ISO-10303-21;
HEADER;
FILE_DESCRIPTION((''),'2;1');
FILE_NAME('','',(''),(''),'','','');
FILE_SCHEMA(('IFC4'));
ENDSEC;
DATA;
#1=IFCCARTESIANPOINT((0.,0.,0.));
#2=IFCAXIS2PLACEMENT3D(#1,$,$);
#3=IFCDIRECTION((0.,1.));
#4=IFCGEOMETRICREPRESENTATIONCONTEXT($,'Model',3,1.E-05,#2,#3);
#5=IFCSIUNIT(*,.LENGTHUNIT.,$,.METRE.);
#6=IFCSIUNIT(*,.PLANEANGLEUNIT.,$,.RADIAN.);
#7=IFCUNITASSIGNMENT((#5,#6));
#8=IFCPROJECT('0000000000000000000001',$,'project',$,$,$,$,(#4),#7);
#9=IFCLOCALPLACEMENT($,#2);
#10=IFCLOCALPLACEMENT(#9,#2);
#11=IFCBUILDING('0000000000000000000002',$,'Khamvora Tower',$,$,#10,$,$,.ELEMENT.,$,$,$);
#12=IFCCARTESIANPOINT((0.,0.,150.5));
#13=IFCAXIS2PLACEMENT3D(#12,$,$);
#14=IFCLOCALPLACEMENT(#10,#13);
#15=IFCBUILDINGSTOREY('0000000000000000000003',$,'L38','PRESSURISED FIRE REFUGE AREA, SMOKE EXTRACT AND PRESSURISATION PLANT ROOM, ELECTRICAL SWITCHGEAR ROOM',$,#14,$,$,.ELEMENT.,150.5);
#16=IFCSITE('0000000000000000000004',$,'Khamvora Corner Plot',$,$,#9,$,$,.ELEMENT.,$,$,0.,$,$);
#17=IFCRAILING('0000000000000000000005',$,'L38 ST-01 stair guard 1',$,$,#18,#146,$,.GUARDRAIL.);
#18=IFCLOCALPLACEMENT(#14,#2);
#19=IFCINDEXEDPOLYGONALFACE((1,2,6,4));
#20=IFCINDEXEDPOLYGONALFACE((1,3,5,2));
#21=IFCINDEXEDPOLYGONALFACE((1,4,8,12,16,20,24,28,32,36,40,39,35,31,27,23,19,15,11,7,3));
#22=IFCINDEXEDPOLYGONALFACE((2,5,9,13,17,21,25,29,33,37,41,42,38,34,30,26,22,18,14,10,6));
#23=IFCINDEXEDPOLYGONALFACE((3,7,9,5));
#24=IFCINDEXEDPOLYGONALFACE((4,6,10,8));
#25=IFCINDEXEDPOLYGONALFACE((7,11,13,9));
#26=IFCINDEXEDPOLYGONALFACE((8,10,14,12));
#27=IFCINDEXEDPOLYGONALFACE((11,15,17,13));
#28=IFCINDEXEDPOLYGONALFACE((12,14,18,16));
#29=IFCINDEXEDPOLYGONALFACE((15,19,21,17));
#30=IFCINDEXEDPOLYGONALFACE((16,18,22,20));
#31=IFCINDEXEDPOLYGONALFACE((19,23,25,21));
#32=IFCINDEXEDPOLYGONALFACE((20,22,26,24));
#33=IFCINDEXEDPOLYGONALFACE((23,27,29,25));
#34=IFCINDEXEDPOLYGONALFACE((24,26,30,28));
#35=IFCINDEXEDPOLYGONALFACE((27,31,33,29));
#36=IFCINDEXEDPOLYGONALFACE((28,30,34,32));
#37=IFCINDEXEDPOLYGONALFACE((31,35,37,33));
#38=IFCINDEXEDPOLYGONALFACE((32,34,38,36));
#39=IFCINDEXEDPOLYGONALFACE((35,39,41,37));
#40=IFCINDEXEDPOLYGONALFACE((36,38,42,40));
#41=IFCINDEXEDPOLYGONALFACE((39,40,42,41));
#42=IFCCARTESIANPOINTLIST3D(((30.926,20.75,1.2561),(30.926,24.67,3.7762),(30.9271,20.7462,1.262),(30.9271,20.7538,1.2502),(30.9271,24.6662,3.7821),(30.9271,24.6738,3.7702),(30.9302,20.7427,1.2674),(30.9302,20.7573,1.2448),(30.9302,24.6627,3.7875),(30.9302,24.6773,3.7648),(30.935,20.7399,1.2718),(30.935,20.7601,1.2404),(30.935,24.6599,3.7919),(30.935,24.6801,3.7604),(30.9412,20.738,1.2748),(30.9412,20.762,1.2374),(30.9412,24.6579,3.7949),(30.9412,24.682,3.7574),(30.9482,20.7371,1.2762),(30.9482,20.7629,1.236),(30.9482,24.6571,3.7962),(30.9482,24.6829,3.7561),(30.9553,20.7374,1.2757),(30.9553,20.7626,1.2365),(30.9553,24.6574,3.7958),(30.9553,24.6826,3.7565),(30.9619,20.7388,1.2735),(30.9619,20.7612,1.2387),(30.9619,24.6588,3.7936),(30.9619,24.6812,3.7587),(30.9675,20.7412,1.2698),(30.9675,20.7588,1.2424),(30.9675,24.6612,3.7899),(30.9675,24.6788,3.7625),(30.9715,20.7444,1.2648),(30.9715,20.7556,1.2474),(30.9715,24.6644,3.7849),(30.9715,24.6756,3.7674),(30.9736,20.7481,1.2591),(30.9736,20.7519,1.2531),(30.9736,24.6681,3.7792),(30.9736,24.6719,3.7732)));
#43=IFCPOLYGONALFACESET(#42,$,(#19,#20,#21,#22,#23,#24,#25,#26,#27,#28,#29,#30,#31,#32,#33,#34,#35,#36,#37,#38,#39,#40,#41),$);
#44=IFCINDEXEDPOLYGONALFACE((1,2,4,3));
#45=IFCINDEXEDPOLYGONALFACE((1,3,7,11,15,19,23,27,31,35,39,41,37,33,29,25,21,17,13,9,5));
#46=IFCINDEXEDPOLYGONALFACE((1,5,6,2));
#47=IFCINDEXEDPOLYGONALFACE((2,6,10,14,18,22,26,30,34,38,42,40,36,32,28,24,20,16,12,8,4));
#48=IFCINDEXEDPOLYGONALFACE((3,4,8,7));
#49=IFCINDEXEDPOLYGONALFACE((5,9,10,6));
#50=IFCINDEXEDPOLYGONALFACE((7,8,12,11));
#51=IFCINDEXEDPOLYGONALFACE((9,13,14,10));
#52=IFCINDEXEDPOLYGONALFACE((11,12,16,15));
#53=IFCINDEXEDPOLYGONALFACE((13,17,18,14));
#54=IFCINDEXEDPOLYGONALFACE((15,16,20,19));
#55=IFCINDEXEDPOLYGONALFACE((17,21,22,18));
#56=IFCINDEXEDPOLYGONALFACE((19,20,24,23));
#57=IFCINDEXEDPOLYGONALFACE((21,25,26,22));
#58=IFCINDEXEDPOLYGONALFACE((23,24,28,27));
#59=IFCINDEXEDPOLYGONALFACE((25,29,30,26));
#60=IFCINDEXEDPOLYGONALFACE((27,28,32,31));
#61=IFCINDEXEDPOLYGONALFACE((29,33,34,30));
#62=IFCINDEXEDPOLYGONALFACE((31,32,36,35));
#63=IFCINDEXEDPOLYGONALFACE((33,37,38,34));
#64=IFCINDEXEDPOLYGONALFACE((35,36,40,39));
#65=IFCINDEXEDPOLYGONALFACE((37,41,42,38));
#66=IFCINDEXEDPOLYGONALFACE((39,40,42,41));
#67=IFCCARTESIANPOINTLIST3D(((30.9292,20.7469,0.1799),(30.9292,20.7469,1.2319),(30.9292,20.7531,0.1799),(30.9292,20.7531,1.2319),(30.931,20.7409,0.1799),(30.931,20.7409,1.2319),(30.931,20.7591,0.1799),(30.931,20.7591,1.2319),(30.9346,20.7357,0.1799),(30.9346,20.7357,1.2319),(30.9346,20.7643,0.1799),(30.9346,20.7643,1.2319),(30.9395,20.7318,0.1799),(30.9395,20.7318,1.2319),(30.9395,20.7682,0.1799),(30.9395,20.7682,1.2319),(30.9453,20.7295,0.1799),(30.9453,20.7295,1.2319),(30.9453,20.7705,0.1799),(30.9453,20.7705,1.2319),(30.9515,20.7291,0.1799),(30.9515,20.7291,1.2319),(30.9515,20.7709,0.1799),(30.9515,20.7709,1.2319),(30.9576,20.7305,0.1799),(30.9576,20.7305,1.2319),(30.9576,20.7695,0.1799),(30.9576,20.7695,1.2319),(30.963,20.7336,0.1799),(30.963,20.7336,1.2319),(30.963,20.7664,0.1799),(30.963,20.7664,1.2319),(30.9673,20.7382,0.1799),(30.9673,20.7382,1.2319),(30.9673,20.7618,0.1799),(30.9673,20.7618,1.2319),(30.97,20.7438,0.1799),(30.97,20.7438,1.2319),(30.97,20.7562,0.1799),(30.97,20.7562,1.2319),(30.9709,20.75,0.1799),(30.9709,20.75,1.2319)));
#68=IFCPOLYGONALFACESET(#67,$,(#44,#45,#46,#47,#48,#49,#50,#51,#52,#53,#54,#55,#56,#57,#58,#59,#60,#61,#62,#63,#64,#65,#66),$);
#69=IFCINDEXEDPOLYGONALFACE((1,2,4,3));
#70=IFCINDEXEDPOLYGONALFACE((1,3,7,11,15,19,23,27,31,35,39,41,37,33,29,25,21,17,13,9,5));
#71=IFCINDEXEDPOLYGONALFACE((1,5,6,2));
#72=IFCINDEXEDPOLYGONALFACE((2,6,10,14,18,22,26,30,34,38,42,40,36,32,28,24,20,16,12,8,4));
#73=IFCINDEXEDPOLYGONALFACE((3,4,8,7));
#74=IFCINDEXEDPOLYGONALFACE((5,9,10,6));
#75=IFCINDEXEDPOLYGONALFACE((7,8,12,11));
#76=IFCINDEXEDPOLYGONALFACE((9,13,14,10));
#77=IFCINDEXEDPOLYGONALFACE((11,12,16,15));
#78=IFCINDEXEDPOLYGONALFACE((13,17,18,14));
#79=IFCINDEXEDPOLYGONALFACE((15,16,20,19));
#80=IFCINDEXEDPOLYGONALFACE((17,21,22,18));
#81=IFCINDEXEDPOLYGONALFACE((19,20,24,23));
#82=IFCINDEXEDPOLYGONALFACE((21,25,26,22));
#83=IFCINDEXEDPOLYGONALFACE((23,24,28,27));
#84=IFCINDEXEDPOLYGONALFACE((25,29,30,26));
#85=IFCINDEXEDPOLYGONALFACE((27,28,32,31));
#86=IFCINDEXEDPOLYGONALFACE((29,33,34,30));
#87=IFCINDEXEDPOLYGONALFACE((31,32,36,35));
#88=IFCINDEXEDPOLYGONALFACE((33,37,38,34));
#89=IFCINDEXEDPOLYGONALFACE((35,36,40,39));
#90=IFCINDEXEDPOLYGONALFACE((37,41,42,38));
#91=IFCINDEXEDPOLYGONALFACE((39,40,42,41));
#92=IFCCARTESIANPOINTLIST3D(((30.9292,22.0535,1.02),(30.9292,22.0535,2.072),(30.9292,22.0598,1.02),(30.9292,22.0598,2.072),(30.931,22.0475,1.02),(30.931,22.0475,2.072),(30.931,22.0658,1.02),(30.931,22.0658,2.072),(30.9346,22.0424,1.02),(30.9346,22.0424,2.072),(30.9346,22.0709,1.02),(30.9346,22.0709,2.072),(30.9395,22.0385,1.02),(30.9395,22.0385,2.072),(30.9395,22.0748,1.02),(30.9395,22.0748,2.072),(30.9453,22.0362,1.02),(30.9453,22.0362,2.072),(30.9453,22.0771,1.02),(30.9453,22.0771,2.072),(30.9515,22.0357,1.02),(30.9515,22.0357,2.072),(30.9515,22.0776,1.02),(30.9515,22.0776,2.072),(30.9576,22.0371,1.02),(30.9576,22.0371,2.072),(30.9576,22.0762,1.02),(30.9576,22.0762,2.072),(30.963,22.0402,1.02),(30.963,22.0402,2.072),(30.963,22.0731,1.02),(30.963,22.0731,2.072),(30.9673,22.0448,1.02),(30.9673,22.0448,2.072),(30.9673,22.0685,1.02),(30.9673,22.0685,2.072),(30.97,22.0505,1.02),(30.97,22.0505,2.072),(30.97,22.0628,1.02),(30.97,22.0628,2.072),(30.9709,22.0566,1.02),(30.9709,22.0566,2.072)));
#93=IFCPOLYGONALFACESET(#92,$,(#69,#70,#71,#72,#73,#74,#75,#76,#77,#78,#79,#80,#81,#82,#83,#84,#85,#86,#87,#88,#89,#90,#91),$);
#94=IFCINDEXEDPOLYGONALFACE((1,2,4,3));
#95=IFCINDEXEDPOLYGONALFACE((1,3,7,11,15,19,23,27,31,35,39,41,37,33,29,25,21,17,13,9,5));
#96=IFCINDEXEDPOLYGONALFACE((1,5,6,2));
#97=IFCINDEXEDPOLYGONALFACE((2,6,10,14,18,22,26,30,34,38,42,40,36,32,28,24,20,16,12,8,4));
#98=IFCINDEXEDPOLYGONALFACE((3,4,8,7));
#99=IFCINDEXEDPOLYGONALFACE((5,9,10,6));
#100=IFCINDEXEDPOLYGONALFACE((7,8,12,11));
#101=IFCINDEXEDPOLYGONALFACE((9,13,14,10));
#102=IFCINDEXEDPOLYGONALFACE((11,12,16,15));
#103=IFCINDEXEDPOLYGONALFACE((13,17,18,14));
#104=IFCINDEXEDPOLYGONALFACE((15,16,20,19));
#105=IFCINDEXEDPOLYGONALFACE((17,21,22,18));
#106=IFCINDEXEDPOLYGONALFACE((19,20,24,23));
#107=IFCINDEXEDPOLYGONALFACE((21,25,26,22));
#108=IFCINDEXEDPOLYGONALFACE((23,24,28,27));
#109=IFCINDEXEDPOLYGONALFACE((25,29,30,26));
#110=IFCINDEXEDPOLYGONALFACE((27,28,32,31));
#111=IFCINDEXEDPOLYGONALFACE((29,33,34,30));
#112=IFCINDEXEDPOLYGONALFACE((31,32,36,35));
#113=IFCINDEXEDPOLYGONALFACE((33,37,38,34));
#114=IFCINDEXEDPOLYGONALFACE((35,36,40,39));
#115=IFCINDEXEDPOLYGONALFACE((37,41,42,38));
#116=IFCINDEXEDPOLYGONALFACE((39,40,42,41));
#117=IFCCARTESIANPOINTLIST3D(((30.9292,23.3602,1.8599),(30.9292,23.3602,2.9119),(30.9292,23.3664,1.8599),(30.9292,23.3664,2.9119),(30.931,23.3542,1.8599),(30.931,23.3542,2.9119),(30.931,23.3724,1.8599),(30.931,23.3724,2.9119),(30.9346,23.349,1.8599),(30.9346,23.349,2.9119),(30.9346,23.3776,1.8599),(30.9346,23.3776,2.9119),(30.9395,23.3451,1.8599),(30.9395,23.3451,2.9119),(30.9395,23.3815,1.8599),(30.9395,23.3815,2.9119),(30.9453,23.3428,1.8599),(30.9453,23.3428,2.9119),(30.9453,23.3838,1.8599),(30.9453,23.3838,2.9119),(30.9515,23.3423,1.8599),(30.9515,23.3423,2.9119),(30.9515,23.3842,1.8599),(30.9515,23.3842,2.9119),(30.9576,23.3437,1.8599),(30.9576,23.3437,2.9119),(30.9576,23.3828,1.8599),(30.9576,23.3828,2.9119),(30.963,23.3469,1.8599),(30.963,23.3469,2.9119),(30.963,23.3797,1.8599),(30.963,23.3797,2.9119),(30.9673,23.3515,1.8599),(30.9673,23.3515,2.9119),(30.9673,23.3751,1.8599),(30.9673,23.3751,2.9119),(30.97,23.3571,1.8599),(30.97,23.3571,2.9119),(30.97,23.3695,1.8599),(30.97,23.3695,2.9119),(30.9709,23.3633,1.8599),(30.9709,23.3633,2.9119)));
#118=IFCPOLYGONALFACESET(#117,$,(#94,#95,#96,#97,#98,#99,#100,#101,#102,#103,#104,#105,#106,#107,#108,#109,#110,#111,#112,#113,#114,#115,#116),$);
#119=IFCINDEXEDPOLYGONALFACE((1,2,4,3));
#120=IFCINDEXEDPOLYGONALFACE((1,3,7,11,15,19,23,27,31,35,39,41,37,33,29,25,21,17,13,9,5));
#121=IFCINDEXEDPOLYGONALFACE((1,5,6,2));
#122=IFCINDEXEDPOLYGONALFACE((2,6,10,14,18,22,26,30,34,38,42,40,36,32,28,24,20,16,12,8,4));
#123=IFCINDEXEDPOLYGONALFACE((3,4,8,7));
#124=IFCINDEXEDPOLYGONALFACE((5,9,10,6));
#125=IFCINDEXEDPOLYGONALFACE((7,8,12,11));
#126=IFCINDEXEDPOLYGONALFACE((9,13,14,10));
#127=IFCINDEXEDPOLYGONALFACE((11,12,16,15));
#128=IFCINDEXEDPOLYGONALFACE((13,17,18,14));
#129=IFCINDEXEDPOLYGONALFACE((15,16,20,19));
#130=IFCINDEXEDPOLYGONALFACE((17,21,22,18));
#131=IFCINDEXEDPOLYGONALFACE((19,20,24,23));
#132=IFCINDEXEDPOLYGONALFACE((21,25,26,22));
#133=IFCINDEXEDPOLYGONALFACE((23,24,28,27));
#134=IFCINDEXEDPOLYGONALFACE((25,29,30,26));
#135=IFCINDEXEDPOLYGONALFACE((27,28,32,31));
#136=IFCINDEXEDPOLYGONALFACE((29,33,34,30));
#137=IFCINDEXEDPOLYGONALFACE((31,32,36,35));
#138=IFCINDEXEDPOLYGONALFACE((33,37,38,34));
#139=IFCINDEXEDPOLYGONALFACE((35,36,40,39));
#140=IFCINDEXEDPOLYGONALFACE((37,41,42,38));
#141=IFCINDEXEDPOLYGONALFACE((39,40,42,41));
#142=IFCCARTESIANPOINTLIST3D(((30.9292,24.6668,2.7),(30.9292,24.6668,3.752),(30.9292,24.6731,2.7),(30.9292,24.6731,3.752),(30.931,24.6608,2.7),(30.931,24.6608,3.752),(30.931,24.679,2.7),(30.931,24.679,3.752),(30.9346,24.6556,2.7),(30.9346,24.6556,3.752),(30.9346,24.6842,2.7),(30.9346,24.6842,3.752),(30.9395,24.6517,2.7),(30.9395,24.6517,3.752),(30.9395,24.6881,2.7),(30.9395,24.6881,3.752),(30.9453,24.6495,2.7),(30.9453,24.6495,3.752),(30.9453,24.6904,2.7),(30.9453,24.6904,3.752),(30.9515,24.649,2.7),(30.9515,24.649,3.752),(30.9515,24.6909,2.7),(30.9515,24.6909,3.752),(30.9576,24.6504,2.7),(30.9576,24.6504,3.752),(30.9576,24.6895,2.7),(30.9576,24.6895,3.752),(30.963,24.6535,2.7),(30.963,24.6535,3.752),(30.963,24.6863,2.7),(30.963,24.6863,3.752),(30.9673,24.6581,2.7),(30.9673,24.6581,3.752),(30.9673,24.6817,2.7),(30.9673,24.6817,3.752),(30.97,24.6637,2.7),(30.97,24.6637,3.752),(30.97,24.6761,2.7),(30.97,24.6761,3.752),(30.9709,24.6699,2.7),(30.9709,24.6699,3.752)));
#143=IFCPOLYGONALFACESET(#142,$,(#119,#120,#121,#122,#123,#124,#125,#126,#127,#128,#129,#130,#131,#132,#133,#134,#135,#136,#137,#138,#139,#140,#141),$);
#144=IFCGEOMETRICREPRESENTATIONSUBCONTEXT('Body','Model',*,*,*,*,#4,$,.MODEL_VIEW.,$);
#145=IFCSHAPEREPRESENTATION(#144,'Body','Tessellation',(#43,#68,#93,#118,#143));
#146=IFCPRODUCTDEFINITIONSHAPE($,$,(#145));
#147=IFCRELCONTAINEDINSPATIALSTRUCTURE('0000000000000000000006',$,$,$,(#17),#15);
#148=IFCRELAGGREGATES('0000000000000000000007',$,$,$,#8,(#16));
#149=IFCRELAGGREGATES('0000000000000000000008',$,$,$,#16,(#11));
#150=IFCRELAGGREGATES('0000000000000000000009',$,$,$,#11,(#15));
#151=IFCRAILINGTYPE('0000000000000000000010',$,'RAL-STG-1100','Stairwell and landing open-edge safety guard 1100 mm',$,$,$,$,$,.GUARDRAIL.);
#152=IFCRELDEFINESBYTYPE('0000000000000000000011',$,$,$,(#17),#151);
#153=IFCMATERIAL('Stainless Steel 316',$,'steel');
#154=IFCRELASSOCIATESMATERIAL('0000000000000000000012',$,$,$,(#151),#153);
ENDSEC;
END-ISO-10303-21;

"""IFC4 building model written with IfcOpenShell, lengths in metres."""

from ifc_helpers import new_model, si_unit, direction, frame, origin, origin_2d, place, context, subcontext, project, spatial, circle, extrude, material, type_object, element, save


model = new_model("IFC4")

# Units and contexts
model_context = context("Model", 3, precision=1e-05, world=origin(), true_north=direction((0.0, 1.0)))
body_context = subcontext(model_context, "Body", "Model", "MODEL_VIEW")
ifc_project = project(units=[si_unit("LENGTHUNIT", "METRE"), si_unit("PLANEANGLEUNIT", "RADIAN")], contexts=[model_context])

# Site, building, storey
site_placement = place(None, origin())
site = spatial("IfcSite", under=ifc_project, at=site_placement, Name="Khamvora Corner Plot", CompositionType="ELEMENT", RefElevation=0.0)
building_placement = place(site_placement, origin())
building = spatial("IfcBuilding", under=site, at=building_placement, Name="Khamvora Tower", CompositionType="ELEMENT")
storey_placement = place(building_placement, frame((0.0, 0.0, 150.5)))
storey = spatial("IfcBuildingStorey", under=building, at=storey_placement, Name="L38", Description="PRESSURISED FIRE REFUGE AREA, SMOKE EXTRACT AND PRESSURISATION PLANT ROOM, ELECTRICAL SWITCHGEAR ROOM", CompositionType="ELEMENT", Elevation=150.5)

# Railing
ifc_material_1 = material(Name="Stainless Steel 316", Category="steel")
railing_type_1 = type_object("IfcRailingType", Name="RAL-STG-1100", Description="Stairwell and landing open-edge safety guard 1100 mm", PredefinedType="GUARDRAIL", material=ifc_material_1)
railing_1_placement = place(storey_placement, frame((30.95, 20.75, 0.1799)))
element("IfcRailing", 1, at=railing_1_placement, inside=storey, type_object=railing_type_1, Name="L38 ST-01 stair guard 1", PredefinedType="GUARDRAIL", context=body_context, shape_type="SweptSolid", body=[
    extrude(circle(Radius=0.0239, at=origin_2d()), frame((0.0, 0.0, 1.0762), z_axis=(0.0, 0.841172, 0.540768), x_axis=(-1.0, 0.0, 0.0)), (0.0, 0.0, 1.0), 4.6602),
    extrude(circle(Radius=0.021, at=origin_2d()), origin(), (0.0, 0.0, 1.0), 1.052),
    extrude(circle(Radius=0.021, at=origin_2d()), frame((0.0, 1.3066, 0.8401)), (0.0, 0.0, 1.0), 1.052),
    extrude(circle(Radius=0.021, at=origin_2d()), frame((0.0, 2.6133, 1.6799)), (0.0, 0.0, 1.0), 1.052),
    extrude(circle(Radius=0.021, at=origin_2d()), frame((0.0, 3.9199, 2.52)), (0.0, 0.0, 1.0), 1.052),
])

save(model, "model.ifc")
